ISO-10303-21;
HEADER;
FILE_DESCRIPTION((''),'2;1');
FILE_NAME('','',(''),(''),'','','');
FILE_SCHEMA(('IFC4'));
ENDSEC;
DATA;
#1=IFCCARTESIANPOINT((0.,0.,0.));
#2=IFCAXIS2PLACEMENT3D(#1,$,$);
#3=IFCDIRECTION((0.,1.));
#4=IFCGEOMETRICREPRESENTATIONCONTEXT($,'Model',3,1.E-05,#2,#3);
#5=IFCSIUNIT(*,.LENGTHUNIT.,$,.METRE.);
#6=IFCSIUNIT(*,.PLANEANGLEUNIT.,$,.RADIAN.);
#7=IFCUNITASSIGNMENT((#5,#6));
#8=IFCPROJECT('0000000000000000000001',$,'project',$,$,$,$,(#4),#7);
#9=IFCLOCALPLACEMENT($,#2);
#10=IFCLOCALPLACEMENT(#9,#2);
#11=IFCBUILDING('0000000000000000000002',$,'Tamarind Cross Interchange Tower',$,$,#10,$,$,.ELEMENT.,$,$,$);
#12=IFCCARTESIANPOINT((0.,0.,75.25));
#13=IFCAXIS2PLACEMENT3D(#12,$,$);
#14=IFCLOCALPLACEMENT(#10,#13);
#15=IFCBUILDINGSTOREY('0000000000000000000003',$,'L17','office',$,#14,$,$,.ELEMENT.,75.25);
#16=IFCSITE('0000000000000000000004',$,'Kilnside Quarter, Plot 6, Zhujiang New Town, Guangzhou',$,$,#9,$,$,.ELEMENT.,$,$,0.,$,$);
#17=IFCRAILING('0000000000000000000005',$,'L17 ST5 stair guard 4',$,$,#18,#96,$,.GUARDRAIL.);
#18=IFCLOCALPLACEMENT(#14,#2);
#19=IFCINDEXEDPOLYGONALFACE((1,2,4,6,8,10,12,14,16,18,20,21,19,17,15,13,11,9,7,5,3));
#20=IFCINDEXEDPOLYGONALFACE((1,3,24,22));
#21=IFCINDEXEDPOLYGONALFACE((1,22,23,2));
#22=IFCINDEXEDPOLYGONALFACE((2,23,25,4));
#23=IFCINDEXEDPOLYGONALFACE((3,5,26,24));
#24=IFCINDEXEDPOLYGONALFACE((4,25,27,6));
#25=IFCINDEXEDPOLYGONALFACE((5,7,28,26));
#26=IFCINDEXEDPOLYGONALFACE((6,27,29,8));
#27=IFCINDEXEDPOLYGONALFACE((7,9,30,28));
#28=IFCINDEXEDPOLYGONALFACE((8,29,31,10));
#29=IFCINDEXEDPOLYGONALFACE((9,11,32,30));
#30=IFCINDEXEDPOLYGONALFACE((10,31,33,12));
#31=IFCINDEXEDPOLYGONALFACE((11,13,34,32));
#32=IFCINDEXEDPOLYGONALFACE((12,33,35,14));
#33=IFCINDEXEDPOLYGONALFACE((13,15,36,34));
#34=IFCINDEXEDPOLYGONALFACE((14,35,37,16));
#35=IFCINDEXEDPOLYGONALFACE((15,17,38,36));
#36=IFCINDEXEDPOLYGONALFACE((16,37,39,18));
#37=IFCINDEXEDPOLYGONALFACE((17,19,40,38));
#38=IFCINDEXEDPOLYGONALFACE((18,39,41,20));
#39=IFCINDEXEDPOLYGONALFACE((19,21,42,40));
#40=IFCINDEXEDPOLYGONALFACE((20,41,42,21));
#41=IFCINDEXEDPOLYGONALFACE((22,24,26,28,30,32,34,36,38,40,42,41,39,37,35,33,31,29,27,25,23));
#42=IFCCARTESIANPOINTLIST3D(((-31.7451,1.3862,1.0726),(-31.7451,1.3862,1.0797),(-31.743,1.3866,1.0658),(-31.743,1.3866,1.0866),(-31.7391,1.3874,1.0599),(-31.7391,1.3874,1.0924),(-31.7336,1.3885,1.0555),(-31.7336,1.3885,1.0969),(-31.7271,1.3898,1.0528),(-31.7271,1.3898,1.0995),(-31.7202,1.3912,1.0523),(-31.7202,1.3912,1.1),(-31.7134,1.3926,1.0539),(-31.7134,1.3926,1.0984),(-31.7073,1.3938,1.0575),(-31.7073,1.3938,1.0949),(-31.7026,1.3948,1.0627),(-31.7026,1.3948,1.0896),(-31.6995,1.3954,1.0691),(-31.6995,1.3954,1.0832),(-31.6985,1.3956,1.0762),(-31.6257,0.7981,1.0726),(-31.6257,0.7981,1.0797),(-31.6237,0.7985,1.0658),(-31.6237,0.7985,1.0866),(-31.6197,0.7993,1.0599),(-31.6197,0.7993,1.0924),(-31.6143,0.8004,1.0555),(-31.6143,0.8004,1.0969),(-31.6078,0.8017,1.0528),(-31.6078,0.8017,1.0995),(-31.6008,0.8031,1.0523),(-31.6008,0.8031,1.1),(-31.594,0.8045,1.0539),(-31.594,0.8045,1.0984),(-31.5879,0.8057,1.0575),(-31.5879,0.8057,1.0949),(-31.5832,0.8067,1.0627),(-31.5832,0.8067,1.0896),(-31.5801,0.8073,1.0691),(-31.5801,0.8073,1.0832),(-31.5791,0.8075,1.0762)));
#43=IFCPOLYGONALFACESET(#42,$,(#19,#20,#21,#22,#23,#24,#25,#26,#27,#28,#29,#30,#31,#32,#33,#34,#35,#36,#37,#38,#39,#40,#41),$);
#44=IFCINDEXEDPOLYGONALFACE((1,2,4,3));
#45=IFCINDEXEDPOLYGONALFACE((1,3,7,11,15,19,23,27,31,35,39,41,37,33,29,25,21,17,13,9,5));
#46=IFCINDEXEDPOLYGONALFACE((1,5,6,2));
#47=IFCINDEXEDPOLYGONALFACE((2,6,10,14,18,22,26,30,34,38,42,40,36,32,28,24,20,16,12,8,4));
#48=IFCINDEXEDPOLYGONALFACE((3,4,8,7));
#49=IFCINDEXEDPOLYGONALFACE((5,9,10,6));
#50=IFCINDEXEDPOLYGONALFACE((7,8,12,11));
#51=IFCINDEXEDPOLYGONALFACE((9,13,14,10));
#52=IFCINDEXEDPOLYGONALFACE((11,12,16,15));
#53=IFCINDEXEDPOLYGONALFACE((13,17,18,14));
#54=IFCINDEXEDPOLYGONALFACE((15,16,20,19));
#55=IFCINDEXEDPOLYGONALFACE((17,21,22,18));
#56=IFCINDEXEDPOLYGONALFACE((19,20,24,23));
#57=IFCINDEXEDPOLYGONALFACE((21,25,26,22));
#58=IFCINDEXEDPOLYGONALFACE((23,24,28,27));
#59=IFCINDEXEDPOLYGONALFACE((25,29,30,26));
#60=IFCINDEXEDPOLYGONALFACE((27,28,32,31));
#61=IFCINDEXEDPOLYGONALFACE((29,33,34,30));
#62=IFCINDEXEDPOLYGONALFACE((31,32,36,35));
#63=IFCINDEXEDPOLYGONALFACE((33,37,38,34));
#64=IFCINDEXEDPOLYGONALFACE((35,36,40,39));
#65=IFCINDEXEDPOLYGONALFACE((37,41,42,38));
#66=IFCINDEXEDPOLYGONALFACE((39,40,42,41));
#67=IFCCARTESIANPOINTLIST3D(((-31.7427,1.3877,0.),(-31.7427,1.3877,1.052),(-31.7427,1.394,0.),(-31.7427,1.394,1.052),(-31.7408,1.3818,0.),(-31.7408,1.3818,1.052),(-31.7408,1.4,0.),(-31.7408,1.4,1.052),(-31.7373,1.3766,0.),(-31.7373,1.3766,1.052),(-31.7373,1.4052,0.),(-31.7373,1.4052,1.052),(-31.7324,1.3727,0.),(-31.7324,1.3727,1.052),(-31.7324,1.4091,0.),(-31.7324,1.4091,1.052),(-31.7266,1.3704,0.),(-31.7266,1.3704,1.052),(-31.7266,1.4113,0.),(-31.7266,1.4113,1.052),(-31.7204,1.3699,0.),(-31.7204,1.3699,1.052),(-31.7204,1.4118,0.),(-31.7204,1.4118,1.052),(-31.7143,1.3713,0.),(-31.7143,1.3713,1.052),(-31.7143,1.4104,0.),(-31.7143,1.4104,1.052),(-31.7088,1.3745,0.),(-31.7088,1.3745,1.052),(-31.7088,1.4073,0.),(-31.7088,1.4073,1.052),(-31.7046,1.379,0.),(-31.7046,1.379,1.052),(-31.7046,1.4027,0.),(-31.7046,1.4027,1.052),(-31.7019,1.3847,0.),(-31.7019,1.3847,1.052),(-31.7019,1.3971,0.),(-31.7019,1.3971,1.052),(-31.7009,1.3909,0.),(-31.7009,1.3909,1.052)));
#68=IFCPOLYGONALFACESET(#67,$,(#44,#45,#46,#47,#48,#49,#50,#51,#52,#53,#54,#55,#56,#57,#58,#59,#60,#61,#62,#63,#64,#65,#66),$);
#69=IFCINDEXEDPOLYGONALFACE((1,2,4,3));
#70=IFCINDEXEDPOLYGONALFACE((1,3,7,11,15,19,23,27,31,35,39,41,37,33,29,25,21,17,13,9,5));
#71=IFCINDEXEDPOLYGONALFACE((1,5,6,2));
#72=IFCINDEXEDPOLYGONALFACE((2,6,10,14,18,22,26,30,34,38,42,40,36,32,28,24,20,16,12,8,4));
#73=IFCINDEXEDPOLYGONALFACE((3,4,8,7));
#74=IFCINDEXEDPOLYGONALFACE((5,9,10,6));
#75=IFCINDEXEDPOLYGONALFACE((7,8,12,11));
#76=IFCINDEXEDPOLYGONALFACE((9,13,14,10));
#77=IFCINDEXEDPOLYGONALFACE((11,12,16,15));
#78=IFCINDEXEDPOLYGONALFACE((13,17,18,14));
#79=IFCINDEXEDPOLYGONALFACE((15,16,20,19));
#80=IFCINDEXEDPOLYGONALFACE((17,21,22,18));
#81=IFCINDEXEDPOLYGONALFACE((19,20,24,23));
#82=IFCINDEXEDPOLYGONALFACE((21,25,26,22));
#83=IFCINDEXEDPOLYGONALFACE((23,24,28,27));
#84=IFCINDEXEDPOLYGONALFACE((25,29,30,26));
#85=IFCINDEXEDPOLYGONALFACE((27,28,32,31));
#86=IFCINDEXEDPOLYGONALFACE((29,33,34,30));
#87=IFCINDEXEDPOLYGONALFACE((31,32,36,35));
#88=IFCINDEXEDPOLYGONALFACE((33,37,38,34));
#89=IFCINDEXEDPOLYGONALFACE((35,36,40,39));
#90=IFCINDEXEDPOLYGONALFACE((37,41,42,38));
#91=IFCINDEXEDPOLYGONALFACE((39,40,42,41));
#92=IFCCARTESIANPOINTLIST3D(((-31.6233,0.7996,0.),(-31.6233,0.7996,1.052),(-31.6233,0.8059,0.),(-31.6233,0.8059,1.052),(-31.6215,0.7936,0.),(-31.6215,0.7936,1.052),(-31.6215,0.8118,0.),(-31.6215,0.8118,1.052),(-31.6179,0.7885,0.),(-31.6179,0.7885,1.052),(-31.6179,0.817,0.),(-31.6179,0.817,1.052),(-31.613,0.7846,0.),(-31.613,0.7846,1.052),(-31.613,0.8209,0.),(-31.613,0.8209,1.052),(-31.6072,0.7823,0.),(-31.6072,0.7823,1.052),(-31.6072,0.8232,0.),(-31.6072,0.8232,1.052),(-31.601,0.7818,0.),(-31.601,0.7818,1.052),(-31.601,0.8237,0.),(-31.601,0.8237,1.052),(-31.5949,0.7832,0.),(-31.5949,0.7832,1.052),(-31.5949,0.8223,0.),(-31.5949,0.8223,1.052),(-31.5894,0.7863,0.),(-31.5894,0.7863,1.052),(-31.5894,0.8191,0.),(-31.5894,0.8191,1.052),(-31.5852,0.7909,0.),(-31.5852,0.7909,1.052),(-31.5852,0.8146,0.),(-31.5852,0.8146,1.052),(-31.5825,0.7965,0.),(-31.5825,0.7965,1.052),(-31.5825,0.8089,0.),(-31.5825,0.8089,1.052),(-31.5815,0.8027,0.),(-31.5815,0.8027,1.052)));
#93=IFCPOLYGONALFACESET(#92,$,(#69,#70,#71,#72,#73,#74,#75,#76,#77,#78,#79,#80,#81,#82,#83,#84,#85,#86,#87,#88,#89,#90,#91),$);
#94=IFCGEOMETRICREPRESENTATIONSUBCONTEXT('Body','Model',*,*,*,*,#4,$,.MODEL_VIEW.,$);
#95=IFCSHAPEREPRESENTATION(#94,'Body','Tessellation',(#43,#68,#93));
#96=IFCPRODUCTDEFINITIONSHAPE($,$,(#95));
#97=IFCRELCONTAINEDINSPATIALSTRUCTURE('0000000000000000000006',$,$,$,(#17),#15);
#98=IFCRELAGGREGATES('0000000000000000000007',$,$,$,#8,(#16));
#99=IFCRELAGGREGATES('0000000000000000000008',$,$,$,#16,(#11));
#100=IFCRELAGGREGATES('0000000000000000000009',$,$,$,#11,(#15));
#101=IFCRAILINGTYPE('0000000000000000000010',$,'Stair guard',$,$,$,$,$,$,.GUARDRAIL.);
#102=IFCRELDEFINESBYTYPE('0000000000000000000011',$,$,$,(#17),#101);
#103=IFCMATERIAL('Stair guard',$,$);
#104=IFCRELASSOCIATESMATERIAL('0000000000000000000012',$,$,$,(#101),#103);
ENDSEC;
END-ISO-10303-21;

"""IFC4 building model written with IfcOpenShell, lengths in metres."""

from ifc_helpers import new_model, si_unit, direction, frame, origin, origin_2d, place, context, subcontext, project, spatial, circle, extrude, material, type_object, element, save


model = new_model("IFC4")

# Units and contexts
model_context = context("Model", 3, precision=1e-05, world=origin(), true_north=direction((0.0, 1.0)))
body_context = subcontext(model_context, "Body", "Model", "MODEL_VIEW")
ifc_project = project(units=[si_unit("LENGTHUNIT", "METRE"), si_unit("PLANEANGLEUNIT", "RADIAN")], contexts=[model_context])

# Site, building, storey
site_placement = place(None, origin())
site = spatial("IfcSite", under=ifc_project, at=site_placement, Name="Kilnside Quarter, Plot 6, Zhujiang New Town, Guangzhou", CompositionType="ELEMENT", RefElevation=0.0)
building_placement = place(site_placement, origin())
building = spatial("IfcBuilding", under=site, at=building_placement, Name="Tamarind Cross Interchange Tower", CompositionType="ELEMENT")
storey_placement = place(building_placement, frame((0.0, 0.0, 75.25)))
storey = spatial("IfcBuildingStorey", under=building, at=storey_placement, Name="L17", Description="office", CompositionType="ELEMENT", Elevation=75.25)

# Railing
ifc_material_1 = material(Name="Stair guard")
railing_type_1 = type_object("IfcRailingType", Name="Stair guard", PredefinedType="GUARDRAIL", material=ifc_material_1)
railing_1_placement = place(storey_placement, frame((-31.7219, 1.3909, 0.0)))
element("IfcRailing", 1, at=railing_1_placement, inside=storey, type_object=railing_type_1, Name="L17 ST5 stair guard 4", PredefinedType="GUARDRAIL", context=body_context, shape_type="SweptSolid", body=[
    extrude(circle(Radius=0.0239, at=origin_2d()), frame((0.0, 0.0, 1.0762), z_axis=(0.198932, -0.980013, 0.0), x_axis=(0.980013, 0.198932, 0.0)), (0.0, 0.0, 1.0), 0.6001),
    extrude(circle(Radius=0.021, at=origin_2d()), origin(), (0.0, 0.0, 1.0), 1.052),
    extrude(circle(Radius=0.021, at=origin_2d()), frame((0.1194, -0.5881, 0.0)), (0.0, 0.0, 1.0), 1.052),
])

save(model, "model.ifc")
